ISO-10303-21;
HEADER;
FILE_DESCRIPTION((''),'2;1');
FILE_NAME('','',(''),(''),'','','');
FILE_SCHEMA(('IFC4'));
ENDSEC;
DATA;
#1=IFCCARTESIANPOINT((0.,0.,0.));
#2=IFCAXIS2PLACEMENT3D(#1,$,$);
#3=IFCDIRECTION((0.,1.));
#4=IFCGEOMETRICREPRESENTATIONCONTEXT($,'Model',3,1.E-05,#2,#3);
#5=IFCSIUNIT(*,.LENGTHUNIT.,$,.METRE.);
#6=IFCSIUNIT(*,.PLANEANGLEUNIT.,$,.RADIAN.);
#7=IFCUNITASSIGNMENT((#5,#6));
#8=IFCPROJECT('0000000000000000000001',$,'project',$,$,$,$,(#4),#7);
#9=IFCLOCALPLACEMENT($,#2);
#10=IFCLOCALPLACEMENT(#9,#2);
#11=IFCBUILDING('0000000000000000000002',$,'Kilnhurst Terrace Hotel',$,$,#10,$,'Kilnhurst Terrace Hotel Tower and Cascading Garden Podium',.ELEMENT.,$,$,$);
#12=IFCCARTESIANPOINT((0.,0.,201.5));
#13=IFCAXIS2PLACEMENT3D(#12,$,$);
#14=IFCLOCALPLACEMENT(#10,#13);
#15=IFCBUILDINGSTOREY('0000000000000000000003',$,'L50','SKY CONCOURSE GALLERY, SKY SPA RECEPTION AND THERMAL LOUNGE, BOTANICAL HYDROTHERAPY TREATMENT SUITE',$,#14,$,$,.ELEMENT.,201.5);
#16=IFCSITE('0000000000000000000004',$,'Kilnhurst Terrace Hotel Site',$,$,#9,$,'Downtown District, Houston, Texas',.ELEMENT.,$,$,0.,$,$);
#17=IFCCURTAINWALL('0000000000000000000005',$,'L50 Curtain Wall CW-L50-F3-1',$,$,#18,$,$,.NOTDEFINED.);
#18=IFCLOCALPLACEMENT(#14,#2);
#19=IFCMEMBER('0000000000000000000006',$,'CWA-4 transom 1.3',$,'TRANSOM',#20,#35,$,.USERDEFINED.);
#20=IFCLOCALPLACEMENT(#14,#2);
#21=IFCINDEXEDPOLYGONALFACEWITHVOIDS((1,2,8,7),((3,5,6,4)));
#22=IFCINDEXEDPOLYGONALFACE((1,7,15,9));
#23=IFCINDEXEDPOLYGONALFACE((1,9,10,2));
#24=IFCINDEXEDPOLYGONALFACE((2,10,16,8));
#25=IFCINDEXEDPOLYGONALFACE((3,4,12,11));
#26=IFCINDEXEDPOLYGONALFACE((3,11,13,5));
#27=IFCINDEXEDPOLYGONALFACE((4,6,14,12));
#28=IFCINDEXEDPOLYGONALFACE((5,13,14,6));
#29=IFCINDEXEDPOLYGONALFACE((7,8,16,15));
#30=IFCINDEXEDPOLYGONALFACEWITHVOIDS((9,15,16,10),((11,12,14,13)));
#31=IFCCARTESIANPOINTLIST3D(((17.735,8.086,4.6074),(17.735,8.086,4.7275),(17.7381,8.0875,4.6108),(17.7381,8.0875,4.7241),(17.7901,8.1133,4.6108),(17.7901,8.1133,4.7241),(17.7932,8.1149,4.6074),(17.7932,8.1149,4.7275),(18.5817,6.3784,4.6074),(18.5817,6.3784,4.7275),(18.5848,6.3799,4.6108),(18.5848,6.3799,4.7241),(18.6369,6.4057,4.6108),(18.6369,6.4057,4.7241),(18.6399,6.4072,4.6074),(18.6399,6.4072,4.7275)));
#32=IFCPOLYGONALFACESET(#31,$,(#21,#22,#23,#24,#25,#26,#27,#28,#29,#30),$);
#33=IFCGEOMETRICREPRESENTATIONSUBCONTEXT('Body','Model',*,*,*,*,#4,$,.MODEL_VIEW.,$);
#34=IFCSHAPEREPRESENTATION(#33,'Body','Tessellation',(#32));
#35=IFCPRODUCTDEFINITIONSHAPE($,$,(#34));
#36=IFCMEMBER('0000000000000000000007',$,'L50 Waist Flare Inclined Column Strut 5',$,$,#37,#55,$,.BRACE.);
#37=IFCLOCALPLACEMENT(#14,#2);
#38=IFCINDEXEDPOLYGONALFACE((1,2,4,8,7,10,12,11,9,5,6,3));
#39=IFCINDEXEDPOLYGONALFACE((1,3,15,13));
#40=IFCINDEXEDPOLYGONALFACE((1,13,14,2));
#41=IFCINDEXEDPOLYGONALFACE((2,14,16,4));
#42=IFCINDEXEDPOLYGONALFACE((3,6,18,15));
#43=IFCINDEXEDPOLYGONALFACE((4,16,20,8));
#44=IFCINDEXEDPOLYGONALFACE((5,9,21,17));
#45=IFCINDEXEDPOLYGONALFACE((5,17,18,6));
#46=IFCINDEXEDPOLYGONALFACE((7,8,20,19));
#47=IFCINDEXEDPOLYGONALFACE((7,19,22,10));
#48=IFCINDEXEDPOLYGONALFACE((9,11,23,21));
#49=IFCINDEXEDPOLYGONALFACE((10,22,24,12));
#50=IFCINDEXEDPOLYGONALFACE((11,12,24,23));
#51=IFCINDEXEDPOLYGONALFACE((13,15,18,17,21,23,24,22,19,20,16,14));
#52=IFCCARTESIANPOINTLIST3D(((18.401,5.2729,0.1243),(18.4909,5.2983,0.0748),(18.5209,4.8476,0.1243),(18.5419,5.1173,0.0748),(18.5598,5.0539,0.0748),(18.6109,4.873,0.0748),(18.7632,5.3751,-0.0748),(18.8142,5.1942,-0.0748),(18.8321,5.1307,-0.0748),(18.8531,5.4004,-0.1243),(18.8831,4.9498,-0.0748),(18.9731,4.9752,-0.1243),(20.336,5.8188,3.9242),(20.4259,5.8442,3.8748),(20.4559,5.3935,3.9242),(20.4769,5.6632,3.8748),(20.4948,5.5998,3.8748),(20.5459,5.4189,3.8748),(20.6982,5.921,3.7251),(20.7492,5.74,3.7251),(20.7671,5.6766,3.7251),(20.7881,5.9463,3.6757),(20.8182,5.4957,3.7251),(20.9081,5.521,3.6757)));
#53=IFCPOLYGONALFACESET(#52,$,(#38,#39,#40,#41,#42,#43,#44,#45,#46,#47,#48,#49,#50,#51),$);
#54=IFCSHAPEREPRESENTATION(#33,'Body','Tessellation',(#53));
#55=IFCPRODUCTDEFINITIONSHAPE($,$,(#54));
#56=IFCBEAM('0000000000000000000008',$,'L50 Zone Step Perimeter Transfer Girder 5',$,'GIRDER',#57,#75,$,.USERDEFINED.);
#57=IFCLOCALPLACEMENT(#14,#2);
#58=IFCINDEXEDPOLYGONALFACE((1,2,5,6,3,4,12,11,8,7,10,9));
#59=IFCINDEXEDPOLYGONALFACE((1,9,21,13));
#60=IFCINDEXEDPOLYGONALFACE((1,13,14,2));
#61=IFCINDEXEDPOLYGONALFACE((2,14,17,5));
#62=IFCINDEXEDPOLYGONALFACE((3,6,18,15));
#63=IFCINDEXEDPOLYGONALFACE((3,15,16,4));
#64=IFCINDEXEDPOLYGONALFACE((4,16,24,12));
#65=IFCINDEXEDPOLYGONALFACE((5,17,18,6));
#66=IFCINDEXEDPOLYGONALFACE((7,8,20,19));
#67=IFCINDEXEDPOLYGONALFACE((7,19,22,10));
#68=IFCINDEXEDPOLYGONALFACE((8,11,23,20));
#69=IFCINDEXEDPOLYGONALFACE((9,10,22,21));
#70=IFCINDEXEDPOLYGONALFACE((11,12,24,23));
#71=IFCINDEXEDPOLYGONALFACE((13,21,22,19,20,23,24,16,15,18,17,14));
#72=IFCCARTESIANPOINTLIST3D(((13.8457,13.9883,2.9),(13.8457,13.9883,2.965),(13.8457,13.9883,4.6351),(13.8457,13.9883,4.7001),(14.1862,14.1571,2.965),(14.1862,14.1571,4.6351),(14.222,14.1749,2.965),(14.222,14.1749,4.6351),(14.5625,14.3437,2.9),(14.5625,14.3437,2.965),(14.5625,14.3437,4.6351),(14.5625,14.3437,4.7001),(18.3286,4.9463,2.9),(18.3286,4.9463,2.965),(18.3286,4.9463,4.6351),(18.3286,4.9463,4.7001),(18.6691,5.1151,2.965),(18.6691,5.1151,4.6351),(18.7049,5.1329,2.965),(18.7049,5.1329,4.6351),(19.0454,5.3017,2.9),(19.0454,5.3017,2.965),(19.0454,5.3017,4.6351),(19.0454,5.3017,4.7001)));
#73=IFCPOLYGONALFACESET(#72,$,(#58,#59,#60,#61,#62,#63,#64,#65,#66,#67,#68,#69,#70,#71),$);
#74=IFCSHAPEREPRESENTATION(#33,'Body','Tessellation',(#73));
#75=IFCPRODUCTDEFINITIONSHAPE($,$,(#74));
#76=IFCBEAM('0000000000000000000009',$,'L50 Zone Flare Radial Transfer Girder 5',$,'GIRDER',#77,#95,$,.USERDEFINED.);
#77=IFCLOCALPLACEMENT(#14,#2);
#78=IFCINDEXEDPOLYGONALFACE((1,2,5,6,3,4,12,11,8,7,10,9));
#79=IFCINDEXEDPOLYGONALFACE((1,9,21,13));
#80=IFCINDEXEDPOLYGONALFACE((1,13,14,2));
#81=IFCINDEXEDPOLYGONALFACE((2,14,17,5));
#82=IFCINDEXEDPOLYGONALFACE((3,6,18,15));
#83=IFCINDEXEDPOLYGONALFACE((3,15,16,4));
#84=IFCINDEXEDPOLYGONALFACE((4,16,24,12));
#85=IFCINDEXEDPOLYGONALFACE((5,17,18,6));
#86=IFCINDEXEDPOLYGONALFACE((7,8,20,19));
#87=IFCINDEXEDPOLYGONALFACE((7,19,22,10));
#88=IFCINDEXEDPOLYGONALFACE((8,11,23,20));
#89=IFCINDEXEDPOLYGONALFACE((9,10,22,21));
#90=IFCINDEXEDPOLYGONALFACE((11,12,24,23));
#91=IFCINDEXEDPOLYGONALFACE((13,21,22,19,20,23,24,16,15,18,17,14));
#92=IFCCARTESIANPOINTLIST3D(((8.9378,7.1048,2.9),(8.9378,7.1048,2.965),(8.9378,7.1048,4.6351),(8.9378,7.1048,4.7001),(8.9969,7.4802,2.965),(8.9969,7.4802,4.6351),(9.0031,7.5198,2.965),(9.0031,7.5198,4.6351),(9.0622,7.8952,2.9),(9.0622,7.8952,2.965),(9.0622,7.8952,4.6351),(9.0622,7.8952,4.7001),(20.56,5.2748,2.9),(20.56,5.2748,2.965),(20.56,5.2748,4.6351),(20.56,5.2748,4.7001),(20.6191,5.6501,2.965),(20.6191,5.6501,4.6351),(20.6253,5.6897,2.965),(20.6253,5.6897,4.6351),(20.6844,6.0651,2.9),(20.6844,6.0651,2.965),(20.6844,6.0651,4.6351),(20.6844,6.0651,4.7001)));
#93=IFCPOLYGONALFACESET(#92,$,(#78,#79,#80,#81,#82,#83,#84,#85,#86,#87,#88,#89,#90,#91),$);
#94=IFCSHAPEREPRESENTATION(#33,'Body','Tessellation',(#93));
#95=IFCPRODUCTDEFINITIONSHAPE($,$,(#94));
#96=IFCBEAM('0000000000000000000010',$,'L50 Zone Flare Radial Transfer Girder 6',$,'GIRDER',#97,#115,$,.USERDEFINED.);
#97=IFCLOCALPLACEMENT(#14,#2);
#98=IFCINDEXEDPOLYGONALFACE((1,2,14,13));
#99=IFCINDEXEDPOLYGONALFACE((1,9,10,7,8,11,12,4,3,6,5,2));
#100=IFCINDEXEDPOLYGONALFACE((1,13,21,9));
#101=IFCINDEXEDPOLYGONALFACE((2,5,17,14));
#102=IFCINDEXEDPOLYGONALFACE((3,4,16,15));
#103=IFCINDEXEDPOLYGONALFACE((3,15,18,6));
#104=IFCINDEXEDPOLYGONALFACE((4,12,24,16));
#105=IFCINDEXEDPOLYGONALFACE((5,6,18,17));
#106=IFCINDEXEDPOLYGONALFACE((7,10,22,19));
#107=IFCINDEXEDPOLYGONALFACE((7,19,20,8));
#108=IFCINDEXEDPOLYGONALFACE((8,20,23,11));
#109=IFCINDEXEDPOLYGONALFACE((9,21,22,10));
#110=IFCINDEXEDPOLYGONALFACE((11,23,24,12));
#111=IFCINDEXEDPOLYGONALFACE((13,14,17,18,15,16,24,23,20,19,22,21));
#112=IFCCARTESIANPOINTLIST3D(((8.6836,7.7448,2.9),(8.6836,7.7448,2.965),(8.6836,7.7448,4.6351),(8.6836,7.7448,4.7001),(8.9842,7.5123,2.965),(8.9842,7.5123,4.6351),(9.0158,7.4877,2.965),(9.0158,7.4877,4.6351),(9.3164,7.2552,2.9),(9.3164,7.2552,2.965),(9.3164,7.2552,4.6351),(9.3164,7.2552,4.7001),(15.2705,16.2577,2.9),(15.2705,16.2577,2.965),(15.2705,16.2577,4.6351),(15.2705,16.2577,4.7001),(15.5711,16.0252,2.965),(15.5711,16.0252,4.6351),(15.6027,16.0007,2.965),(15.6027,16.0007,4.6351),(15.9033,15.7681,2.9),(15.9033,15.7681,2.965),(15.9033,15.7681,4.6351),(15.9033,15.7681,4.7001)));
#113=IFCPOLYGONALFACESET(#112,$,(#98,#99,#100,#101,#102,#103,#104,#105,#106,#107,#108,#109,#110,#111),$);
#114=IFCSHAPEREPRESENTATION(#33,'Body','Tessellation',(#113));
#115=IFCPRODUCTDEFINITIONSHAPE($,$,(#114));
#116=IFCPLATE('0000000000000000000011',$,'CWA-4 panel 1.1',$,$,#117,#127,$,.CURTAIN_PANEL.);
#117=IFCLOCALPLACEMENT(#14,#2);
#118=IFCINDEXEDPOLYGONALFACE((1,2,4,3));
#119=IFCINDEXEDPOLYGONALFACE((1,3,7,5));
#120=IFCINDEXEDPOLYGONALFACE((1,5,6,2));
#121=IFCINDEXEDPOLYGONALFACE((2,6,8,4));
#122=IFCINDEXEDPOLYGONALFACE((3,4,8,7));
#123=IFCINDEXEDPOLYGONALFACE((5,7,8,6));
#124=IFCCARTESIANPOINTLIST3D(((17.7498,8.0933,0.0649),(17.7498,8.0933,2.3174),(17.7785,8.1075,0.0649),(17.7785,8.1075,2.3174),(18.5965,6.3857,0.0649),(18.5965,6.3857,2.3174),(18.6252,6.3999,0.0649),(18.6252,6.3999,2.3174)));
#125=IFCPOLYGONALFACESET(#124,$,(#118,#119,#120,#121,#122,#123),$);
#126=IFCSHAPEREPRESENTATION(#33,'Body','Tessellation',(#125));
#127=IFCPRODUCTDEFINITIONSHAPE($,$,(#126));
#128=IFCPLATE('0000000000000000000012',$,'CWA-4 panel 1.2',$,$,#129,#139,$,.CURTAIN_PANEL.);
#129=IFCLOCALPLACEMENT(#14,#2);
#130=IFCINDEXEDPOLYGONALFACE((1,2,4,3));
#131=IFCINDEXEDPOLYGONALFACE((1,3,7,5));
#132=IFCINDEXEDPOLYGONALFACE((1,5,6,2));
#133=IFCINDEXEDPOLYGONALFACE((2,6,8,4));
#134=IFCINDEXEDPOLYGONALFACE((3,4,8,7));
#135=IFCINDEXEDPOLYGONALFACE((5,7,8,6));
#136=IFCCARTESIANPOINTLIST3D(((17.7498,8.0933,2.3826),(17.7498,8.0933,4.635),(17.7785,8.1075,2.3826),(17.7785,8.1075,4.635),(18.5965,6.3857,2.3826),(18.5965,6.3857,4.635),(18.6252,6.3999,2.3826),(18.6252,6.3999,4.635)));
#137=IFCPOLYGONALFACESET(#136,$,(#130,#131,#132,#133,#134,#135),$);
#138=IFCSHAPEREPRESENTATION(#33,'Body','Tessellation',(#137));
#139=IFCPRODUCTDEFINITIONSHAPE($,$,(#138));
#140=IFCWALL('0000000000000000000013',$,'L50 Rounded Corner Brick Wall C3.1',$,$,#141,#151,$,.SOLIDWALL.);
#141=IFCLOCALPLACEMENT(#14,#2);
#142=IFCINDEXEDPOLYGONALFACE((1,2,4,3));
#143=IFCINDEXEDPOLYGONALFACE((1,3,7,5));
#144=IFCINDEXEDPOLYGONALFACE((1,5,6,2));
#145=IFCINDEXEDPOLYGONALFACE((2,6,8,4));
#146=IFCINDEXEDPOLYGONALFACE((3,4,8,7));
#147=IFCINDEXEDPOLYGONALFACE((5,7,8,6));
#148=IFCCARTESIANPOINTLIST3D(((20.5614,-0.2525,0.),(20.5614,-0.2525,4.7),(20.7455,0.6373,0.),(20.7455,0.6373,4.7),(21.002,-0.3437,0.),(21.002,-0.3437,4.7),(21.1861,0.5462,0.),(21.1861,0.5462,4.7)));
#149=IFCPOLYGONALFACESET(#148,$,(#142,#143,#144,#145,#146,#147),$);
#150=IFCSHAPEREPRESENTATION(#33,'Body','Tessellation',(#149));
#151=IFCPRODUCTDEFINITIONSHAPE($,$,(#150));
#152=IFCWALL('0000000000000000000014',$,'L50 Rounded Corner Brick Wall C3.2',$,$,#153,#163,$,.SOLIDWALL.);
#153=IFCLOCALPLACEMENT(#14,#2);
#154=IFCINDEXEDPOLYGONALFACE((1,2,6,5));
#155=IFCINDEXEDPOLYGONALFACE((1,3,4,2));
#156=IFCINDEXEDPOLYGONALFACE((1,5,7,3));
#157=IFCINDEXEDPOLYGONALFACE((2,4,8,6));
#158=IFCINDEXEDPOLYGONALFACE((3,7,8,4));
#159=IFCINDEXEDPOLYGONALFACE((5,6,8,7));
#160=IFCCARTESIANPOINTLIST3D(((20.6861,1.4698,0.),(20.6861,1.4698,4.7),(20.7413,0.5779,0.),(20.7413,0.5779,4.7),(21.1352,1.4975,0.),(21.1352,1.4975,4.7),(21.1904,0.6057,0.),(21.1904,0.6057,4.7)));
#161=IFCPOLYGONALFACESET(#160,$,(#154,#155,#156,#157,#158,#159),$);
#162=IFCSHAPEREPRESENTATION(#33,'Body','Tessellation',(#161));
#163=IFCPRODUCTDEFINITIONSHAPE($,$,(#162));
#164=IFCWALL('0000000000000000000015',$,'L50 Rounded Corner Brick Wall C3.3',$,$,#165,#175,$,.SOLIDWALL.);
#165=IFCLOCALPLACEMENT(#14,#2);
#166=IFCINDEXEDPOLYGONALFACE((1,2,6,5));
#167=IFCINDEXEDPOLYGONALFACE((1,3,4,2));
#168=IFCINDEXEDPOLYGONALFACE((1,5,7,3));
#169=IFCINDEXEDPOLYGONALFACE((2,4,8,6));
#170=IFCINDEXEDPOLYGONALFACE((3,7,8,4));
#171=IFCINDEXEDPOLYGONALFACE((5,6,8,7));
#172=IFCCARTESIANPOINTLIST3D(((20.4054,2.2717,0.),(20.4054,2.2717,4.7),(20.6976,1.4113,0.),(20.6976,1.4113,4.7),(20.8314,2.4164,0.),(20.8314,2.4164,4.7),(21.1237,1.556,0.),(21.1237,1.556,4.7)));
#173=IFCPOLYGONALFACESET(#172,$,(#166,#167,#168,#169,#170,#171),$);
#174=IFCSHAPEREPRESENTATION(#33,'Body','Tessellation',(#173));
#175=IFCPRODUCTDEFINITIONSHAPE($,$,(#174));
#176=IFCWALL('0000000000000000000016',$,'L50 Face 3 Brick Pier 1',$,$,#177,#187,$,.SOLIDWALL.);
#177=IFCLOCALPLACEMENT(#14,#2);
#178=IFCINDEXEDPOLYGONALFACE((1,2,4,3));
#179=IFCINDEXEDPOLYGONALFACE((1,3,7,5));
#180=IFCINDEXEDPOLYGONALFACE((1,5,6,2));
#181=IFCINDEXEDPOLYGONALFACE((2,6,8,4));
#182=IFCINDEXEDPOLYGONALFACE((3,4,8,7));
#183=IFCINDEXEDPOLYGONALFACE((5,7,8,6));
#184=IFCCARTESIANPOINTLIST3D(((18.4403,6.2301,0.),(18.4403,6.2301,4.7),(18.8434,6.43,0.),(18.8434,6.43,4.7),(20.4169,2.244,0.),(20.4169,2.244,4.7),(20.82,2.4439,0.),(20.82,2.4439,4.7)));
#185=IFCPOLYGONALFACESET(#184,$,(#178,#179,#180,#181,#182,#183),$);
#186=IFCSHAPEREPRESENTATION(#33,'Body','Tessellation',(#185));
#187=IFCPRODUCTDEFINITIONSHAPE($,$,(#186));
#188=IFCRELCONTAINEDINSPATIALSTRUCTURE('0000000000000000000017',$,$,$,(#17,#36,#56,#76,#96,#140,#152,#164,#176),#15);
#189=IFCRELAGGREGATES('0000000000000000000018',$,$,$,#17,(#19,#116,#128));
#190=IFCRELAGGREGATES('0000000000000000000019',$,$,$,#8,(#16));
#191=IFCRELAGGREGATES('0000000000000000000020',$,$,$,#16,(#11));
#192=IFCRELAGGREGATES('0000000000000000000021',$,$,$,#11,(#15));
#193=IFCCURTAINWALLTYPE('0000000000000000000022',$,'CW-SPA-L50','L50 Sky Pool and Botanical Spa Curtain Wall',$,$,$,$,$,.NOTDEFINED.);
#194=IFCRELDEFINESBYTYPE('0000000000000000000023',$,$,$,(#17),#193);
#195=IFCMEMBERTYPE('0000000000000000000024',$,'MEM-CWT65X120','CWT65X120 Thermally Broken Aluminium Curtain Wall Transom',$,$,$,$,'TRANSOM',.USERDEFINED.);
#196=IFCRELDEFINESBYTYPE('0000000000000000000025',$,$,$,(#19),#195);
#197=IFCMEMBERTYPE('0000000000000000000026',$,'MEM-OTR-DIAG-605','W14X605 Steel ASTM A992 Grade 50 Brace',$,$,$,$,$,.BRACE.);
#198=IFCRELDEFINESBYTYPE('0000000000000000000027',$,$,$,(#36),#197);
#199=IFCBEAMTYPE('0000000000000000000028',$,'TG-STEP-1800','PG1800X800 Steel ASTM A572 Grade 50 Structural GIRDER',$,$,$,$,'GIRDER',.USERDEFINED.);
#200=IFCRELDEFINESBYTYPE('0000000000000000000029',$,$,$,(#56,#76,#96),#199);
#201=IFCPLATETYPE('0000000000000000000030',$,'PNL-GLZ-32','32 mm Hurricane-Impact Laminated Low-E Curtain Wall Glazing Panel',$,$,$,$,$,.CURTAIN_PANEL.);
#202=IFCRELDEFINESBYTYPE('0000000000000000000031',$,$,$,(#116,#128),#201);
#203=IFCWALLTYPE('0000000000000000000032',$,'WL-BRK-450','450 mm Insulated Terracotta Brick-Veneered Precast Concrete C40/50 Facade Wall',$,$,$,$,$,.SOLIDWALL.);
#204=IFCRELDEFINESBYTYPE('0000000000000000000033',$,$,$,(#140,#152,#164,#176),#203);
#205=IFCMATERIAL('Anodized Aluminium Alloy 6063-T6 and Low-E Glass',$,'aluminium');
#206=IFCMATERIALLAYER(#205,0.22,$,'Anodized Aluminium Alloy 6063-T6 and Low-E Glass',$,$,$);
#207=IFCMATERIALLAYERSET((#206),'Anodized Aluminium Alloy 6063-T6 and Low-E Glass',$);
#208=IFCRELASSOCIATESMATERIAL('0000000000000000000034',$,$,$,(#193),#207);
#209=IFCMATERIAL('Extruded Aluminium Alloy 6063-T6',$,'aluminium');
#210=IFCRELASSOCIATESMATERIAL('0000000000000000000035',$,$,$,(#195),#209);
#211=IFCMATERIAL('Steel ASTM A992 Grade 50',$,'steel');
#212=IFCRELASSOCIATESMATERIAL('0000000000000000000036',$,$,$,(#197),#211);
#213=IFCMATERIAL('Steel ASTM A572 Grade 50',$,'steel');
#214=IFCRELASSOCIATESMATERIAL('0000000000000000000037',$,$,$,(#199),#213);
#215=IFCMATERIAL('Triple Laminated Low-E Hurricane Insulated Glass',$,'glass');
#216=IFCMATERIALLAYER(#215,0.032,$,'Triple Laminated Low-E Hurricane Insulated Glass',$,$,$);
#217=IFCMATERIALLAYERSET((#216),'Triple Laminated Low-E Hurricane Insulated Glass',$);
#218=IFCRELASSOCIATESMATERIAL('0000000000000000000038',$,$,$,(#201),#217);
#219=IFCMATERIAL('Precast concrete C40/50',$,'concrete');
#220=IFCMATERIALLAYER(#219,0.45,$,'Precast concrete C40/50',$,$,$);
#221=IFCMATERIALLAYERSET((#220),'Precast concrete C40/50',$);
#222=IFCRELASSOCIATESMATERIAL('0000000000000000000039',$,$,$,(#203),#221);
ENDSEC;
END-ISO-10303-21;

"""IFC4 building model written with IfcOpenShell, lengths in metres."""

from ifc_helpers import new_model, si_unit, direction, frame, frame_2d, origin, origin_2d, place, context, subcontext, project, spatial, rectangle, hollow_rectangle, i_section, extrude, material, layer, layer_set, material_profile, profile_set, type_object, element, aggregate, save


model = new_model("IFC4")

# Units and contexts
model_context = context("Model", 3, precision=1e-05, world=origin(), true_north=direction((0.0, 1.0)))
body_context = subcontext(model_context, "Body", "Model", "MODEL_VIEW")
ifc_project = project(units=[si_unit("LENGTHUNIT", "METRE"), si_unit("PLANEANGLEUNIT", "RADIAN")], contexts=[model_context])

# Site, building, storey
site_placement = place(None, origin())
site = spatial("IfcSite", under=ifc_project, at=site_placement, Name="Kilnhurst Terrace Hotel Site", LongName="Downtown District, Houston, Texas", CompositionType="ELEMENT", RefElevation=0.0)
building_placement = place(site_placement, origin())
building = spatial("IfcBuilding", under=site, at=building_placement, Name="Kilnhurst Terrace Hotel", LongName="Kilnhurst Terrace Hotel Tower and Cascading Garden Podium", CompositionType="ELEMENT")
storey_placement = place(building_placement, frame((0.0, 0.0, 201.5)))
storey = spatial("IfcBuildingStorey", under=building, at=storey_placement, Name="L50", Description="SKY CONCOURSE GALLERY, SKY SPA RECEPTION AND THERMAL LOUNGE, BOTANICAL HYDROTHERAPY TREATMENT SUITE", CompositionType="ELEMENT", Elevation=201.5)

# Shared definitions
ifc_material_1 = material(Name="Steel ASTM A992 Grade 50", Category="steel")

# Curtain wall, member
ifc_material_2 = material(Name="Anodized Aluminium Alloy 6063-T6 and Low-E Glass", Category="aluminium")
ifc_layer_1 = layer(ifc_material_2, 0.22, Name="Anodized Aluminium Alloy 6063-T6 and Low-E Glass")
ifc_layer_set_1 = layer_set([ifc_layer_1], Name="Anodized Aluminium Alloy 6063-T6 and Low-E Glass")
curtain_wall_type = type_object("IfcCurtainWallType", Name="CW-SPA-L50", Description="L50 Sky Pool and Botanical Spa Curtain Wall", PredefinedType="NOTDEFINED", material=ifc_layer_set_1)
curtain_wall_placement = place(storey_placement, origin())
curtain_wall = element("IfcCurtainWall", 1, at=curtain_wall_placement, inside=storey, type_object=curtain_wall_type, Name="L50 Curtain Wall CW-L50-F3-1", PredefinedType="NOTDEFINED")
ifc_material_3 = material(Name="Extruded Aluminium Alloy 6063-T6", Category="aluminium")
ifc_material_profile_1 = material_profile(ifc_material_3, hollow_rectangle(XDim=0.0649, YDim=0.1201, WallThickness=0.0034, at=origin_2d()), Name="CWT65X120")
ifc_profile_set_1 = profile_set([ifc_material_profile_1], Name="Extruded Aluminium Alloy 6063-T6")
member_type_1 = type_object("IfcMemberType", Name="MEM-CWT65X120", Description="CWT65X120 Thermally Broken Aluminium Curtain Wall Transom", ElementType="TRANSOM", PredefinedType="USERDEFINED", material=ifc_profile_set_1)
member_1_placement = place(storey_placement, frame((18.6108, 6.3928, 4.6675), z_axis=(-0.444239, 0.895908, 0.0), x_axis=(-0.895908, -0.444239, 0.0)))
member_1 = element("IfcMember", 2, at=member_1_placement, type_object=member_type_1, Name="CWA-4 transom 1.3", ObjectType="TRANSOM", PredefinedType="USERDEFINED", context=body_context, shape_type="SweptSolid", body=[
    extrude(hollow_rectangle(XDim=0.0649, YDim=0.1201, WallThickness=0.0034, at=origin_2d()), origin(), (0.0, 0.0, 1.0), 1.906),
])

# Member
ifc_material_profile_2 = material_profile(ifc_material_1, i_section(OverallWidth=0.4419, OverallDepth=0.5315, WebThickness=0.0659, FlangeThickness=0.1057, at=origin_2d()), Name="W14X605")
ifc_profile_set_2 = profile_set([ifc_material_profile_2], Name="Steel ASTM A992 Grade 50")
member_type_2 = type_object("IfcMemberType", Name="MEM-OTR-DIAG-605", Description="W14X605 Steel ASTM A992 Grade 50 Brace", PredefinedType="BRACE", material=ifc_profile_set_2)
member_2_placement = place(storey_placement, frame((18.687, 5.124, 0.0), z_axis=(0.450101, 0.126978, 0.883904), x_axis=(-0.271512, 0.962435, 0.0)))
element("IfcMember", 3, at=member_2_placement, inside=storey, type_object=member_type_2, Name="L50 Waist Flare Inclined Column Strut 5", PredefinedType="BRACE", context=body_context, shape_type="SweptSolid", body=[
    extrude(i_section(OverallWidth=0.4419, OverallDepth=0.5315, WebThickness=0.0659, FlangeThickness=0.1057, at=origin_2d()), origin(), (0.0, 0.0, 1.0), 4.2991),
])

# Beams
ifc_material_4 = material(Name="Steel ASTM A572 Grade 50", Category="steel")
ifc_material_profile_3 = material_profile(ifc_material_4, i_section(OverallWidth=0.8, OverallDepth=1.8, WebThickness=0.04, FlangeThickness=0.0649, at=origin_2d()), Name="PG1800X800")
ifc_profile_set_3 = profile_set([ifc_material_profile_3], Name="Steel ASTM A572 Grade 50")
beam_type_1 = type_object("IfcBeamType", Name="TG-STEP-1800", Description="PG1800X800 Steel ASTM A572 Grade 50 Structural GIRDER", ElementType="GIRDER", PredefinedType="USERDEFINED", material=ifc_profile_set_3)
beam_1_placement = place(storey_placement, frame((18.687, 5.124, 3.8), z_axis=(-0.444192, 0.895932, 0.0), x_axis=(-0.895932, -0.444192, 0.0)))
element("IfcBeam", 4, at=beam_1_placement, inside=storey, type_object=beam_type_1, Name="L50 Zone Step Perimeter Transfer Girder 5", ObjectType="GIRDER", PredefinedType="USERDEFINED", context=body_context, shape_type="SweptSolid", body=[
    extrude(i_section(OverallWidth=0.8, OverallDepth=1.8, WebThickness=0.04, FlangeThickness=0.0649, at=origin_2d()), origin(), (0.0, 0.0, 1.0), 10.0923),
])
beam_2_placement = place(storey_placement, frame((9.0, 7.5, 3.8), z_axis=(0.987828, -0.155549, 0.0), x_axis=(0.155549, 0.987828, 0.0)))
element("IfcBeam", 5, at=beam_2_placement, inside=storey, type_object=beam_type_1, Name="L50 Zone Flare Radial Transfer Girder 5", ObjectType="GIRDER", PredefinedType="USERDEFINED", context=body_context, shape_type="SweptSolid", body=[
    extrude(i_section(OverallWidth=0.8, OverallDepth=1.8, WebThickness=0.04, FlangeThickness=0.0649, at=origin_2d()), origin(), (0.0, 0.0, 1.0), 11.7654),
])
beam_3_placement = place(storey_placement, frame((9.0, 7.5, 3.8), z_axis=(0.611955, 0.790892, 0.0), x_axis=(-0.790892, 0.611955, 0.0)))
element("IfcBeam", 6, at=beam_3_placement, inside=storey, type_object=beam_type_1, Name="L50 Zone Flare Radial Transfer Girder 6", ObjectType="GIRDER", PredefinedType="USERDEFINED", context=body_context, shape_type="SweptSolid", body=[
    extrude(i_section(OverallWidth=0.8, OverallDepth=1.8, WebThickness=0.04, FlangeThickness=0.0649, at=origin_2d()), origin(), (0.0, 0.0, 1.0), 10.7637),
])

# Plates
ifc_material_5 = material(Name="Triple Laminated Low-E Hurricane Insulated Glass", Category="glass")
ifc_layer_2 = layer(ifc_material_5, 0.032, Name="Triple Laminated Low-E Hurricane Insulated Glass")
ifc_layer_set_2 = layer_set([ifc_layer_2], Name="Triple Laminated Low-E Hurricane Insulated Glass")
plate_type = type_object("IfcPlateType", Name="PNL-GLZ-32", Description="32 mm Hurricane-Impact Laminated Low-E Curtain Wall Glazing Panel", PredefinedType="CURTAIN_PANEL", material=ifc_layer_set_2)
plate_1_placement = place(storey_placement, frame((18.1875, 7.2466, 0.0649), z_axis=(0.0, 0.0, 1.0), x_axis=(-0.444239, 0.895908, 0.0)))
plate_1 = element("IfcPlate", 7, at=plate_1_placement, type_object=plate_type, Name="CWA-4 panel 1.1", PredefinedType="CURTAIN_PANEL", context=body_context, shape_type="SweptSolid", body=[
    extrude(rectangle(XDim=1.906, YDim=0.032, at=origin_2d()), origin(), (0.0, 0.0, 1.0), 2.2524),
])
plate_2_placement = place(storey_placement, frame((18.1875, 7.2466, 2.3826), z_axis=(0.0, 0.0, 1.0), x_axis=(-0.444239, 0.895908, 0.0)))
plate_2 = element("IfcPlate", 8, at=plate_2_placement, type_object=plate_type, Name="CWA-4 panel 1.2", PredefinedType="CURTAIN_PANEL", context=body_context, shape_type="SweptSolid", body=[
    extrude(rectangle(XDim=1.906, YDim=0.032, at=origin_2d()), origin(), (0.0, 0.0, 1.0), 2.2524),
])
aggregate(curtain_wall, [member_1, plate_1, plate_2])

# Walls
ifc_material_6 = material(Name="Precast concrete C40/50", Category="concrete")
ifc_layer_3 = layer(ifc_material_6, 0.45, Name="Precast concrete C40/50")
ifc_layer_set_3 = layer_set([ifc_layer_3], Name="Precast concrete C40/50")
wall_type_1 = type_object("IfcWallType", Name="WL-BRK-450", Description="450 mm Insulated Terracotta Brick-Veneered Precast Concrete C40/50 Facade Wall", PredefinedType="SOLIDWALL", material=ifc_layer_set_3)
wall_1_placement = place(storey_placement, frame((20.7817, -0.2981, 0.0), z_axis=(0.0, 0.0, 1.0), x_axis=(0.20257, 0.979268, 0.0)))
element("IfcWall", 9, at=wall_1_placement, inside=storey, type_object=wall_type_1, Name="L50 Rounded Corner Brick Wall C3.1", PredefinedType="SOLIDWALL", context=body_context, shape_type="SweptSolid", body=[
    extrude(rectangle(XDim=0.9087, YDim=0.45, at=frame_2d((0.4543, 0.0))), origin(), (0.0, 0.0, 1.0), 4.7),
])
wall_2_placement = place(storey_placement, frame((20.9658, 0.5918, 0.0), z_axis=(0.0, 0.0, 1.0), x_axis=(-0.061749, 0.998092, 0.0)))
element("IfcWall", 10, at=wall_2_placement, inside=storey, type_object=wall_type_1, Name="L50 Rounded Corner Brick Wall C3.2", PredefinedType="SOLIDWALL", context=body_context, shape_type="SweptSolid", body=[
    extrude(rectangle(XDim=0.8936, YDim=0.45, at=frame_2d((0.4468, 0.0))), origin(), (0.0, 0.0, 1.0), 4.7),
])
wall_3_placement = place(storey_placement, frame((20.9106, 1.4836, 0.0), z_axis=(0.0, 0.0, 1.0), x_axis=(-0.321623, 0.946868, 0.0)))
element("IfcWall", 11, at=wall_3_placement, inside=storey, type_object=wall_type_1, Name="L50 Rounded Corner Brick Wall C3.3", PredefinedType="SOLIDWALL", context=body_context, shape_type="SweptSolid", body=[
    extrude(rectangle(XDim=0.9087, YDim=0.45, at=frame_2d((0.4543, 0.0))), origin(), (0.0, 0.0, 1.0), 4.7),
])
wall_4_placement = place(storey_placement, frame((20.6184, 2.344, 0.0), z_axis=(0.0, 0.0, 1.0), x_axis=(-0.444248, 0.895904, 0.0)))
element("IfcWall", 12, at=wall_4_placement, inside=storey, type_object=wall_type_1, Name="L50 Face 3 Brick Pier 1", PredefinedType="SOLIDWALL", context=body_context, shape_type="SweptSolid", body=[
    extrude(rectangle(XDim=4.4492, YDim=0.45, at=frame_2d((2.2246, 0.0))), origin(), (0.0, 0.0, 1.0), 4.7),
])

save(model, "model.ifc")
